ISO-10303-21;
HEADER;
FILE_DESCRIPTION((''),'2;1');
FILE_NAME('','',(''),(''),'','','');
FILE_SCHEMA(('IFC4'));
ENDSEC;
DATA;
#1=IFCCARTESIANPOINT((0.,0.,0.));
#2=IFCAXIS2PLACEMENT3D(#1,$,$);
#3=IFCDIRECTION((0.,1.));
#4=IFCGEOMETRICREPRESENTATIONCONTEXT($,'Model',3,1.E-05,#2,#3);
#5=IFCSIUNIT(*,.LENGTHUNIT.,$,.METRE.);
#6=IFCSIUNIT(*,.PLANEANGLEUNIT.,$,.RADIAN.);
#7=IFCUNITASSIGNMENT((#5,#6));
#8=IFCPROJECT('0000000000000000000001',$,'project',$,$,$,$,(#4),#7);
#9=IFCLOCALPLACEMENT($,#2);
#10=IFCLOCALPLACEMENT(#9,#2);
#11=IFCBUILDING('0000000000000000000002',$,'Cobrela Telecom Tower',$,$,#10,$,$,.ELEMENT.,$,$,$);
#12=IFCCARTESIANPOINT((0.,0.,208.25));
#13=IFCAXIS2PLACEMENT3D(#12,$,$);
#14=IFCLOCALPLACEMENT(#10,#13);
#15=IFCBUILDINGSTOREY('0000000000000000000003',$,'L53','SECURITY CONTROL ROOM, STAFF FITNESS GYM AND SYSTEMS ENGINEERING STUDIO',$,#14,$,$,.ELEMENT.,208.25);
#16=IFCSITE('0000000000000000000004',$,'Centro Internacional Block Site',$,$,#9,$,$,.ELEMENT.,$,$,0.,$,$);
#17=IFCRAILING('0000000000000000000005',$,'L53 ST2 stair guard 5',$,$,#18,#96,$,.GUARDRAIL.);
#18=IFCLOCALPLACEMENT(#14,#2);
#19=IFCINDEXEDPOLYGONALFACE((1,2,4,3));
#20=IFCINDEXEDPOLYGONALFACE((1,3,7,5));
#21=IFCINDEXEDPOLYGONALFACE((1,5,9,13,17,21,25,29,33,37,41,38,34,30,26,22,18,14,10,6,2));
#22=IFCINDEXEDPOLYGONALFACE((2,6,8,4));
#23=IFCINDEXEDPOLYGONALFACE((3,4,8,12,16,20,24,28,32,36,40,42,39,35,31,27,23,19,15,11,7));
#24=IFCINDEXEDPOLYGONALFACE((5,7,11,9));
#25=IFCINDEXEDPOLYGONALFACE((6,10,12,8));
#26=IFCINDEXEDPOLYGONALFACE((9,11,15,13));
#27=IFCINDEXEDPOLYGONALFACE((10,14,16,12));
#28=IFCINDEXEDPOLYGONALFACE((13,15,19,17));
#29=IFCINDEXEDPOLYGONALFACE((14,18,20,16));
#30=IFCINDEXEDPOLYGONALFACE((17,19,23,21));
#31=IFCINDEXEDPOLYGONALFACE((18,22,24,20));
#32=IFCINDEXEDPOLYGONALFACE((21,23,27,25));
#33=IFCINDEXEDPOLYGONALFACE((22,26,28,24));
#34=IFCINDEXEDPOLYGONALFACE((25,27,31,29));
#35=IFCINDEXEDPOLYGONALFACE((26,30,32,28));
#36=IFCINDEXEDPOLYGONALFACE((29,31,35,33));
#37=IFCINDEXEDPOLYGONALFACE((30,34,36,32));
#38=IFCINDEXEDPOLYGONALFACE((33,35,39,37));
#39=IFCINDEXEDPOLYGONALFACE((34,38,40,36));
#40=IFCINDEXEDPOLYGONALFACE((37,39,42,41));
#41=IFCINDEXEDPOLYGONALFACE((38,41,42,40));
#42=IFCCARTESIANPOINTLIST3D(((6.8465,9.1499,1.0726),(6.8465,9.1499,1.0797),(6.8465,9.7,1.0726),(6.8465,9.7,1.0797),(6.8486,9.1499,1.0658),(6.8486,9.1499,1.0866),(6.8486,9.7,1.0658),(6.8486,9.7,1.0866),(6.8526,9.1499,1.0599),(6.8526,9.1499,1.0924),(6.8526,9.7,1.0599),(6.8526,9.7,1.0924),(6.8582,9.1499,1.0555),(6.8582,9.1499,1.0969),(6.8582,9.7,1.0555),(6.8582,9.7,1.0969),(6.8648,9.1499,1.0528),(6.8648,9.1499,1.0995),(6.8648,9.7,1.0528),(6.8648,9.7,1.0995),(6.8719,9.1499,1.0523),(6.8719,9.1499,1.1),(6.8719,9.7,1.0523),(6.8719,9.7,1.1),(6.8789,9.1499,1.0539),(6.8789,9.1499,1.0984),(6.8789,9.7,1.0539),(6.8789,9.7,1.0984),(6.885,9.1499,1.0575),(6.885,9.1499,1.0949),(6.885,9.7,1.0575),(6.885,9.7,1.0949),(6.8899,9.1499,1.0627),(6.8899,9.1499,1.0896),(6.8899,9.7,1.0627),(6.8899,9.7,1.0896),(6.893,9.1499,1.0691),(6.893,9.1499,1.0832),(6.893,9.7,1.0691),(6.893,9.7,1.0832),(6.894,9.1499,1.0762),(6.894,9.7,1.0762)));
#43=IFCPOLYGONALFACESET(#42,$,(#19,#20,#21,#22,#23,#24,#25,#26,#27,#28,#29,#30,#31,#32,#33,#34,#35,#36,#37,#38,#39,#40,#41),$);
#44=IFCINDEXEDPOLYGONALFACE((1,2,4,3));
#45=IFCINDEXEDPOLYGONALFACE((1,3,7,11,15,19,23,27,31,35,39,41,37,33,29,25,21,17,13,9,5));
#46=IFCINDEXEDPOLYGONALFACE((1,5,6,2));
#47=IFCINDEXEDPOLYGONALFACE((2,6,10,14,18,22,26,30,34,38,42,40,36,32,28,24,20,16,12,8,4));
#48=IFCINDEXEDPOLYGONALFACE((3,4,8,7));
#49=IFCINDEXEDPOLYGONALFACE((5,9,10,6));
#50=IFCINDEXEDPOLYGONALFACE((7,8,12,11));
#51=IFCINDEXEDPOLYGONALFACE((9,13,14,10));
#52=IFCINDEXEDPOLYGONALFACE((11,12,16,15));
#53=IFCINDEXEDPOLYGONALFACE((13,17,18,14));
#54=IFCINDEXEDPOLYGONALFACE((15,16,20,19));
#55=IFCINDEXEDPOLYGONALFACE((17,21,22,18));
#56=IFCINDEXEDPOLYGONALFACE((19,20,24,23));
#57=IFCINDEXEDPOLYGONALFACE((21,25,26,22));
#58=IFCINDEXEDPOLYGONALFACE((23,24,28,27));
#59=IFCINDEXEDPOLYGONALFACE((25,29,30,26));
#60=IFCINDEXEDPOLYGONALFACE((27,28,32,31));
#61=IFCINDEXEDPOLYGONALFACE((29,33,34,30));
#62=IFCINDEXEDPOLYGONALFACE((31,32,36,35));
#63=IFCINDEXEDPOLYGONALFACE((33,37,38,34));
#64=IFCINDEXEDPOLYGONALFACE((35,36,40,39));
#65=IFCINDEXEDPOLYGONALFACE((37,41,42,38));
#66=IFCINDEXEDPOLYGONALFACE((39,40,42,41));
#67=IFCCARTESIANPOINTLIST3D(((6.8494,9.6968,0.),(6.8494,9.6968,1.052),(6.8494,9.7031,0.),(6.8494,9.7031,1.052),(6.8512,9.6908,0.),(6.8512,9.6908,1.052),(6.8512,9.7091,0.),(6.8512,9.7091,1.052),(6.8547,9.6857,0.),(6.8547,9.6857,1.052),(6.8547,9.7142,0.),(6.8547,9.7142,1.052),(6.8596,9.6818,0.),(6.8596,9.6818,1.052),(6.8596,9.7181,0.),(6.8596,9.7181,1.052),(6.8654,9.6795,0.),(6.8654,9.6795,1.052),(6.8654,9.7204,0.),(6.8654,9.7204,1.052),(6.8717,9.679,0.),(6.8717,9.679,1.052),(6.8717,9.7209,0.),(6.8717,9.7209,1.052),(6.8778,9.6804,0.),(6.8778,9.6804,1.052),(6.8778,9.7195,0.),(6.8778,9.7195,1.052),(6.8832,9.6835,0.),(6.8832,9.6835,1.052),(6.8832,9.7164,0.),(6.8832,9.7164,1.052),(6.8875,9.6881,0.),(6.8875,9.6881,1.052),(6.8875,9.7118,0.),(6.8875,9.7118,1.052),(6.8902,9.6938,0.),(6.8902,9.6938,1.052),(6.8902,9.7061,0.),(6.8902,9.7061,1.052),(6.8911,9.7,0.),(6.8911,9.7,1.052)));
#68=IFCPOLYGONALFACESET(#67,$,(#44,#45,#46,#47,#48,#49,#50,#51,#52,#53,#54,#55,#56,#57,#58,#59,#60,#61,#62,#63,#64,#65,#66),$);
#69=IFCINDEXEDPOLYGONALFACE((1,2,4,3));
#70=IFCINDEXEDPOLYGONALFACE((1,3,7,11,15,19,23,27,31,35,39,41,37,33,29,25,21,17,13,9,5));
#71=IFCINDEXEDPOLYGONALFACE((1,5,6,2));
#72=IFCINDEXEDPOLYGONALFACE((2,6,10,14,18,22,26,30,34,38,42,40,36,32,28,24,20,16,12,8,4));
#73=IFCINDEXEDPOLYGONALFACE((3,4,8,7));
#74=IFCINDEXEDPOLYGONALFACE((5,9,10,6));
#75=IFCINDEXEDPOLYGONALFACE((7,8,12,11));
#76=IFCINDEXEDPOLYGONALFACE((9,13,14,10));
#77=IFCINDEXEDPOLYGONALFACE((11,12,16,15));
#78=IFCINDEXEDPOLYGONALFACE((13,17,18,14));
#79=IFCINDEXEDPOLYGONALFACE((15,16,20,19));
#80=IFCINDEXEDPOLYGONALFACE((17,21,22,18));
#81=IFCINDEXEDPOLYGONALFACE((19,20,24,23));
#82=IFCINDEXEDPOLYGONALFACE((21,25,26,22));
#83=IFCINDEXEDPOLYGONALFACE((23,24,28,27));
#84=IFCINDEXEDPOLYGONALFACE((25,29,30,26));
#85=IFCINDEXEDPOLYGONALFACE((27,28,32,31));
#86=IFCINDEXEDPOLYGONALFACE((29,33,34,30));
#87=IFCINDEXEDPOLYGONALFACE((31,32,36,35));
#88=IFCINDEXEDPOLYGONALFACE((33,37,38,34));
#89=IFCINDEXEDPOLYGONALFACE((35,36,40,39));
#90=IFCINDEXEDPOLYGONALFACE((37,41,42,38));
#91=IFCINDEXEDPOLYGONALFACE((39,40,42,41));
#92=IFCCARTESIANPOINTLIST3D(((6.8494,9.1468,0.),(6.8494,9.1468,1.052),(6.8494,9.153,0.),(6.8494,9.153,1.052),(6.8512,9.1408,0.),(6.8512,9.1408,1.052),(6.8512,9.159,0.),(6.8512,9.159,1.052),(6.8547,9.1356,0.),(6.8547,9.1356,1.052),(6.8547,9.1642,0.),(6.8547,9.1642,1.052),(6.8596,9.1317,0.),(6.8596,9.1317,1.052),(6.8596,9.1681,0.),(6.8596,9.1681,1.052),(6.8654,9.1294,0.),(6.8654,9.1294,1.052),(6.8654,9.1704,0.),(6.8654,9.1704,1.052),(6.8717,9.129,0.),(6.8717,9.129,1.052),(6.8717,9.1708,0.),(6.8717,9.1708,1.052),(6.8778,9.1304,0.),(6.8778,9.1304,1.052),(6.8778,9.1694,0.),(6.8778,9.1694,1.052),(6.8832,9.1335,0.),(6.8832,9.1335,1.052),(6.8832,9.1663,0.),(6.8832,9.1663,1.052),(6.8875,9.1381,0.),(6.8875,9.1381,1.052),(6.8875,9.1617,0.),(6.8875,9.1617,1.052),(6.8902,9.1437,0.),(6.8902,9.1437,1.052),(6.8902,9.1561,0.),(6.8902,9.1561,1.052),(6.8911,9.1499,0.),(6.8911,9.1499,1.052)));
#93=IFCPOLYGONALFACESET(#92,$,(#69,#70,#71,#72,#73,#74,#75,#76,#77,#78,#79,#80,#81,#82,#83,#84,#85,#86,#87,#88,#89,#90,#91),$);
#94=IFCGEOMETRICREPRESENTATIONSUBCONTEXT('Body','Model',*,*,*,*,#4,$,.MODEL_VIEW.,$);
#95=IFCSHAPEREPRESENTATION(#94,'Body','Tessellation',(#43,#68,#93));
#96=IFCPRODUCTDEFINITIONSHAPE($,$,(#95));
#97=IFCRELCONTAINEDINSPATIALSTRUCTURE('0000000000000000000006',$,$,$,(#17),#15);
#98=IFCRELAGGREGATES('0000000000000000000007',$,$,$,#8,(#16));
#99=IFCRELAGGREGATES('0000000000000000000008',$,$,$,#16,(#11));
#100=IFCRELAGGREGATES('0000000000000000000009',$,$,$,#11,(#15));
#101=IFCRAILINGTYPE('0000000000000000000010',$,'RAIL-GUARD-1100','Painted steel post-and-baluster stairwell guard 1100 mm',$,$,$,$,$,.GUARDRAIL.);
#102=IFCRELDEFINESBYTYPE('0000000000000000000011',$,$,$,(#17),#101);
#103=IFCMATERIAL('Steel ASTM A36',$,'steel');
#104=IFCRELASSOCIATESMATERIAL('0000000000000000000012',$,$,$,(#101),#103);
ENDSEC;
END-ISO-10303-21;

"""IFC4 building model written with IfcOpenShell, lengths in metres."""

from ifc_helpers import new_model, si_unit, direction, frame, origin, origin_2d, place, context, subcontext, project, spatial, circle, extrude, material, type_object, element, save


model = new_model("IFC4")

# Units and contexts
model_context = context("Model", 3, precision=1e-05, world=origin(), true_north=direction((0.0, 1.0)))
body_context = subcontext(model_context, "Body", "Model", "MODEL_VIEW")
ifc_project = project(units=[si_unit("LENGTHUNIT", "METRE"), si_unit("PLANEANGLEUNIT", "RADIAN")], contexts=[model_context])

# Site, building, storey
site_placement = place(None, origin())
site = spatial("IfcSite", under=ifc_project, at=site_placement, Name="Centro Internacional Block Site", CompositionType="ELEMENT", RefElevation=0.0)
building_placement = place(site_placement, origin())
building = spatial("IfcBuilding", under=site, at=building_placement, Name="Cobrela Telecom Tower", CompositionType="ELEMENT")
storey_placement = place(building_placement, frame((0.0, 0.0, 208.25)))
storey = spatial("IfcBuildingStorey", under=building, at=storey_placement, Name="L53", Description="SECURITY CONTROL ROOM, STAFF FITNESS GYM AND SYSTEMS ENGINEERING STUDIO", CompositionType="ELEMENT", Elevation=208.25)

# Railing
ifc_material_1 = material(Name="Steel ASTM A36", Category="steel")
railing_type_1 = type_object("IfcRailingType", Name="RAIL-GUARD-1100", Description="Painted steel post-and-baluster stairwell guard 1100 mm", PredefinedType="GUARDRAIL", material=ifc_material_1)
railing_1_placement = place(storey_placement, frame((6.8701, 9.7, 0.0)))
element("IfcRailing", 1, at=railing_1_placement, inside=storey, type_object=railing_type_1, Name="L53 ST2 stair guard 5", PredefinedType="GUARDRAIL", context=body_context, shape_type="SweptSolid", body=[
    extrude(circle(Radius=0.0239, at=origin_2d()), frame((0.0, 0.0, 1.0762), z_axis=(0.0, -1.0, 0.0), x_axis=(1.0, 0.0, 0.0)), (0.0, 0.0, 1.0), 0.55),
    extrude(circle(Radius=0.021, at=origin_2d()), origin(), (0.0, 0.0, 1.0), 1.052),
    extrude(circle(Radius=0.021, at=origin_2d()), frame((0.0, -0.55, 0.0)), (0.0, 0.0, 1.0), 1.052),
])

save(model, "model.ifc")
